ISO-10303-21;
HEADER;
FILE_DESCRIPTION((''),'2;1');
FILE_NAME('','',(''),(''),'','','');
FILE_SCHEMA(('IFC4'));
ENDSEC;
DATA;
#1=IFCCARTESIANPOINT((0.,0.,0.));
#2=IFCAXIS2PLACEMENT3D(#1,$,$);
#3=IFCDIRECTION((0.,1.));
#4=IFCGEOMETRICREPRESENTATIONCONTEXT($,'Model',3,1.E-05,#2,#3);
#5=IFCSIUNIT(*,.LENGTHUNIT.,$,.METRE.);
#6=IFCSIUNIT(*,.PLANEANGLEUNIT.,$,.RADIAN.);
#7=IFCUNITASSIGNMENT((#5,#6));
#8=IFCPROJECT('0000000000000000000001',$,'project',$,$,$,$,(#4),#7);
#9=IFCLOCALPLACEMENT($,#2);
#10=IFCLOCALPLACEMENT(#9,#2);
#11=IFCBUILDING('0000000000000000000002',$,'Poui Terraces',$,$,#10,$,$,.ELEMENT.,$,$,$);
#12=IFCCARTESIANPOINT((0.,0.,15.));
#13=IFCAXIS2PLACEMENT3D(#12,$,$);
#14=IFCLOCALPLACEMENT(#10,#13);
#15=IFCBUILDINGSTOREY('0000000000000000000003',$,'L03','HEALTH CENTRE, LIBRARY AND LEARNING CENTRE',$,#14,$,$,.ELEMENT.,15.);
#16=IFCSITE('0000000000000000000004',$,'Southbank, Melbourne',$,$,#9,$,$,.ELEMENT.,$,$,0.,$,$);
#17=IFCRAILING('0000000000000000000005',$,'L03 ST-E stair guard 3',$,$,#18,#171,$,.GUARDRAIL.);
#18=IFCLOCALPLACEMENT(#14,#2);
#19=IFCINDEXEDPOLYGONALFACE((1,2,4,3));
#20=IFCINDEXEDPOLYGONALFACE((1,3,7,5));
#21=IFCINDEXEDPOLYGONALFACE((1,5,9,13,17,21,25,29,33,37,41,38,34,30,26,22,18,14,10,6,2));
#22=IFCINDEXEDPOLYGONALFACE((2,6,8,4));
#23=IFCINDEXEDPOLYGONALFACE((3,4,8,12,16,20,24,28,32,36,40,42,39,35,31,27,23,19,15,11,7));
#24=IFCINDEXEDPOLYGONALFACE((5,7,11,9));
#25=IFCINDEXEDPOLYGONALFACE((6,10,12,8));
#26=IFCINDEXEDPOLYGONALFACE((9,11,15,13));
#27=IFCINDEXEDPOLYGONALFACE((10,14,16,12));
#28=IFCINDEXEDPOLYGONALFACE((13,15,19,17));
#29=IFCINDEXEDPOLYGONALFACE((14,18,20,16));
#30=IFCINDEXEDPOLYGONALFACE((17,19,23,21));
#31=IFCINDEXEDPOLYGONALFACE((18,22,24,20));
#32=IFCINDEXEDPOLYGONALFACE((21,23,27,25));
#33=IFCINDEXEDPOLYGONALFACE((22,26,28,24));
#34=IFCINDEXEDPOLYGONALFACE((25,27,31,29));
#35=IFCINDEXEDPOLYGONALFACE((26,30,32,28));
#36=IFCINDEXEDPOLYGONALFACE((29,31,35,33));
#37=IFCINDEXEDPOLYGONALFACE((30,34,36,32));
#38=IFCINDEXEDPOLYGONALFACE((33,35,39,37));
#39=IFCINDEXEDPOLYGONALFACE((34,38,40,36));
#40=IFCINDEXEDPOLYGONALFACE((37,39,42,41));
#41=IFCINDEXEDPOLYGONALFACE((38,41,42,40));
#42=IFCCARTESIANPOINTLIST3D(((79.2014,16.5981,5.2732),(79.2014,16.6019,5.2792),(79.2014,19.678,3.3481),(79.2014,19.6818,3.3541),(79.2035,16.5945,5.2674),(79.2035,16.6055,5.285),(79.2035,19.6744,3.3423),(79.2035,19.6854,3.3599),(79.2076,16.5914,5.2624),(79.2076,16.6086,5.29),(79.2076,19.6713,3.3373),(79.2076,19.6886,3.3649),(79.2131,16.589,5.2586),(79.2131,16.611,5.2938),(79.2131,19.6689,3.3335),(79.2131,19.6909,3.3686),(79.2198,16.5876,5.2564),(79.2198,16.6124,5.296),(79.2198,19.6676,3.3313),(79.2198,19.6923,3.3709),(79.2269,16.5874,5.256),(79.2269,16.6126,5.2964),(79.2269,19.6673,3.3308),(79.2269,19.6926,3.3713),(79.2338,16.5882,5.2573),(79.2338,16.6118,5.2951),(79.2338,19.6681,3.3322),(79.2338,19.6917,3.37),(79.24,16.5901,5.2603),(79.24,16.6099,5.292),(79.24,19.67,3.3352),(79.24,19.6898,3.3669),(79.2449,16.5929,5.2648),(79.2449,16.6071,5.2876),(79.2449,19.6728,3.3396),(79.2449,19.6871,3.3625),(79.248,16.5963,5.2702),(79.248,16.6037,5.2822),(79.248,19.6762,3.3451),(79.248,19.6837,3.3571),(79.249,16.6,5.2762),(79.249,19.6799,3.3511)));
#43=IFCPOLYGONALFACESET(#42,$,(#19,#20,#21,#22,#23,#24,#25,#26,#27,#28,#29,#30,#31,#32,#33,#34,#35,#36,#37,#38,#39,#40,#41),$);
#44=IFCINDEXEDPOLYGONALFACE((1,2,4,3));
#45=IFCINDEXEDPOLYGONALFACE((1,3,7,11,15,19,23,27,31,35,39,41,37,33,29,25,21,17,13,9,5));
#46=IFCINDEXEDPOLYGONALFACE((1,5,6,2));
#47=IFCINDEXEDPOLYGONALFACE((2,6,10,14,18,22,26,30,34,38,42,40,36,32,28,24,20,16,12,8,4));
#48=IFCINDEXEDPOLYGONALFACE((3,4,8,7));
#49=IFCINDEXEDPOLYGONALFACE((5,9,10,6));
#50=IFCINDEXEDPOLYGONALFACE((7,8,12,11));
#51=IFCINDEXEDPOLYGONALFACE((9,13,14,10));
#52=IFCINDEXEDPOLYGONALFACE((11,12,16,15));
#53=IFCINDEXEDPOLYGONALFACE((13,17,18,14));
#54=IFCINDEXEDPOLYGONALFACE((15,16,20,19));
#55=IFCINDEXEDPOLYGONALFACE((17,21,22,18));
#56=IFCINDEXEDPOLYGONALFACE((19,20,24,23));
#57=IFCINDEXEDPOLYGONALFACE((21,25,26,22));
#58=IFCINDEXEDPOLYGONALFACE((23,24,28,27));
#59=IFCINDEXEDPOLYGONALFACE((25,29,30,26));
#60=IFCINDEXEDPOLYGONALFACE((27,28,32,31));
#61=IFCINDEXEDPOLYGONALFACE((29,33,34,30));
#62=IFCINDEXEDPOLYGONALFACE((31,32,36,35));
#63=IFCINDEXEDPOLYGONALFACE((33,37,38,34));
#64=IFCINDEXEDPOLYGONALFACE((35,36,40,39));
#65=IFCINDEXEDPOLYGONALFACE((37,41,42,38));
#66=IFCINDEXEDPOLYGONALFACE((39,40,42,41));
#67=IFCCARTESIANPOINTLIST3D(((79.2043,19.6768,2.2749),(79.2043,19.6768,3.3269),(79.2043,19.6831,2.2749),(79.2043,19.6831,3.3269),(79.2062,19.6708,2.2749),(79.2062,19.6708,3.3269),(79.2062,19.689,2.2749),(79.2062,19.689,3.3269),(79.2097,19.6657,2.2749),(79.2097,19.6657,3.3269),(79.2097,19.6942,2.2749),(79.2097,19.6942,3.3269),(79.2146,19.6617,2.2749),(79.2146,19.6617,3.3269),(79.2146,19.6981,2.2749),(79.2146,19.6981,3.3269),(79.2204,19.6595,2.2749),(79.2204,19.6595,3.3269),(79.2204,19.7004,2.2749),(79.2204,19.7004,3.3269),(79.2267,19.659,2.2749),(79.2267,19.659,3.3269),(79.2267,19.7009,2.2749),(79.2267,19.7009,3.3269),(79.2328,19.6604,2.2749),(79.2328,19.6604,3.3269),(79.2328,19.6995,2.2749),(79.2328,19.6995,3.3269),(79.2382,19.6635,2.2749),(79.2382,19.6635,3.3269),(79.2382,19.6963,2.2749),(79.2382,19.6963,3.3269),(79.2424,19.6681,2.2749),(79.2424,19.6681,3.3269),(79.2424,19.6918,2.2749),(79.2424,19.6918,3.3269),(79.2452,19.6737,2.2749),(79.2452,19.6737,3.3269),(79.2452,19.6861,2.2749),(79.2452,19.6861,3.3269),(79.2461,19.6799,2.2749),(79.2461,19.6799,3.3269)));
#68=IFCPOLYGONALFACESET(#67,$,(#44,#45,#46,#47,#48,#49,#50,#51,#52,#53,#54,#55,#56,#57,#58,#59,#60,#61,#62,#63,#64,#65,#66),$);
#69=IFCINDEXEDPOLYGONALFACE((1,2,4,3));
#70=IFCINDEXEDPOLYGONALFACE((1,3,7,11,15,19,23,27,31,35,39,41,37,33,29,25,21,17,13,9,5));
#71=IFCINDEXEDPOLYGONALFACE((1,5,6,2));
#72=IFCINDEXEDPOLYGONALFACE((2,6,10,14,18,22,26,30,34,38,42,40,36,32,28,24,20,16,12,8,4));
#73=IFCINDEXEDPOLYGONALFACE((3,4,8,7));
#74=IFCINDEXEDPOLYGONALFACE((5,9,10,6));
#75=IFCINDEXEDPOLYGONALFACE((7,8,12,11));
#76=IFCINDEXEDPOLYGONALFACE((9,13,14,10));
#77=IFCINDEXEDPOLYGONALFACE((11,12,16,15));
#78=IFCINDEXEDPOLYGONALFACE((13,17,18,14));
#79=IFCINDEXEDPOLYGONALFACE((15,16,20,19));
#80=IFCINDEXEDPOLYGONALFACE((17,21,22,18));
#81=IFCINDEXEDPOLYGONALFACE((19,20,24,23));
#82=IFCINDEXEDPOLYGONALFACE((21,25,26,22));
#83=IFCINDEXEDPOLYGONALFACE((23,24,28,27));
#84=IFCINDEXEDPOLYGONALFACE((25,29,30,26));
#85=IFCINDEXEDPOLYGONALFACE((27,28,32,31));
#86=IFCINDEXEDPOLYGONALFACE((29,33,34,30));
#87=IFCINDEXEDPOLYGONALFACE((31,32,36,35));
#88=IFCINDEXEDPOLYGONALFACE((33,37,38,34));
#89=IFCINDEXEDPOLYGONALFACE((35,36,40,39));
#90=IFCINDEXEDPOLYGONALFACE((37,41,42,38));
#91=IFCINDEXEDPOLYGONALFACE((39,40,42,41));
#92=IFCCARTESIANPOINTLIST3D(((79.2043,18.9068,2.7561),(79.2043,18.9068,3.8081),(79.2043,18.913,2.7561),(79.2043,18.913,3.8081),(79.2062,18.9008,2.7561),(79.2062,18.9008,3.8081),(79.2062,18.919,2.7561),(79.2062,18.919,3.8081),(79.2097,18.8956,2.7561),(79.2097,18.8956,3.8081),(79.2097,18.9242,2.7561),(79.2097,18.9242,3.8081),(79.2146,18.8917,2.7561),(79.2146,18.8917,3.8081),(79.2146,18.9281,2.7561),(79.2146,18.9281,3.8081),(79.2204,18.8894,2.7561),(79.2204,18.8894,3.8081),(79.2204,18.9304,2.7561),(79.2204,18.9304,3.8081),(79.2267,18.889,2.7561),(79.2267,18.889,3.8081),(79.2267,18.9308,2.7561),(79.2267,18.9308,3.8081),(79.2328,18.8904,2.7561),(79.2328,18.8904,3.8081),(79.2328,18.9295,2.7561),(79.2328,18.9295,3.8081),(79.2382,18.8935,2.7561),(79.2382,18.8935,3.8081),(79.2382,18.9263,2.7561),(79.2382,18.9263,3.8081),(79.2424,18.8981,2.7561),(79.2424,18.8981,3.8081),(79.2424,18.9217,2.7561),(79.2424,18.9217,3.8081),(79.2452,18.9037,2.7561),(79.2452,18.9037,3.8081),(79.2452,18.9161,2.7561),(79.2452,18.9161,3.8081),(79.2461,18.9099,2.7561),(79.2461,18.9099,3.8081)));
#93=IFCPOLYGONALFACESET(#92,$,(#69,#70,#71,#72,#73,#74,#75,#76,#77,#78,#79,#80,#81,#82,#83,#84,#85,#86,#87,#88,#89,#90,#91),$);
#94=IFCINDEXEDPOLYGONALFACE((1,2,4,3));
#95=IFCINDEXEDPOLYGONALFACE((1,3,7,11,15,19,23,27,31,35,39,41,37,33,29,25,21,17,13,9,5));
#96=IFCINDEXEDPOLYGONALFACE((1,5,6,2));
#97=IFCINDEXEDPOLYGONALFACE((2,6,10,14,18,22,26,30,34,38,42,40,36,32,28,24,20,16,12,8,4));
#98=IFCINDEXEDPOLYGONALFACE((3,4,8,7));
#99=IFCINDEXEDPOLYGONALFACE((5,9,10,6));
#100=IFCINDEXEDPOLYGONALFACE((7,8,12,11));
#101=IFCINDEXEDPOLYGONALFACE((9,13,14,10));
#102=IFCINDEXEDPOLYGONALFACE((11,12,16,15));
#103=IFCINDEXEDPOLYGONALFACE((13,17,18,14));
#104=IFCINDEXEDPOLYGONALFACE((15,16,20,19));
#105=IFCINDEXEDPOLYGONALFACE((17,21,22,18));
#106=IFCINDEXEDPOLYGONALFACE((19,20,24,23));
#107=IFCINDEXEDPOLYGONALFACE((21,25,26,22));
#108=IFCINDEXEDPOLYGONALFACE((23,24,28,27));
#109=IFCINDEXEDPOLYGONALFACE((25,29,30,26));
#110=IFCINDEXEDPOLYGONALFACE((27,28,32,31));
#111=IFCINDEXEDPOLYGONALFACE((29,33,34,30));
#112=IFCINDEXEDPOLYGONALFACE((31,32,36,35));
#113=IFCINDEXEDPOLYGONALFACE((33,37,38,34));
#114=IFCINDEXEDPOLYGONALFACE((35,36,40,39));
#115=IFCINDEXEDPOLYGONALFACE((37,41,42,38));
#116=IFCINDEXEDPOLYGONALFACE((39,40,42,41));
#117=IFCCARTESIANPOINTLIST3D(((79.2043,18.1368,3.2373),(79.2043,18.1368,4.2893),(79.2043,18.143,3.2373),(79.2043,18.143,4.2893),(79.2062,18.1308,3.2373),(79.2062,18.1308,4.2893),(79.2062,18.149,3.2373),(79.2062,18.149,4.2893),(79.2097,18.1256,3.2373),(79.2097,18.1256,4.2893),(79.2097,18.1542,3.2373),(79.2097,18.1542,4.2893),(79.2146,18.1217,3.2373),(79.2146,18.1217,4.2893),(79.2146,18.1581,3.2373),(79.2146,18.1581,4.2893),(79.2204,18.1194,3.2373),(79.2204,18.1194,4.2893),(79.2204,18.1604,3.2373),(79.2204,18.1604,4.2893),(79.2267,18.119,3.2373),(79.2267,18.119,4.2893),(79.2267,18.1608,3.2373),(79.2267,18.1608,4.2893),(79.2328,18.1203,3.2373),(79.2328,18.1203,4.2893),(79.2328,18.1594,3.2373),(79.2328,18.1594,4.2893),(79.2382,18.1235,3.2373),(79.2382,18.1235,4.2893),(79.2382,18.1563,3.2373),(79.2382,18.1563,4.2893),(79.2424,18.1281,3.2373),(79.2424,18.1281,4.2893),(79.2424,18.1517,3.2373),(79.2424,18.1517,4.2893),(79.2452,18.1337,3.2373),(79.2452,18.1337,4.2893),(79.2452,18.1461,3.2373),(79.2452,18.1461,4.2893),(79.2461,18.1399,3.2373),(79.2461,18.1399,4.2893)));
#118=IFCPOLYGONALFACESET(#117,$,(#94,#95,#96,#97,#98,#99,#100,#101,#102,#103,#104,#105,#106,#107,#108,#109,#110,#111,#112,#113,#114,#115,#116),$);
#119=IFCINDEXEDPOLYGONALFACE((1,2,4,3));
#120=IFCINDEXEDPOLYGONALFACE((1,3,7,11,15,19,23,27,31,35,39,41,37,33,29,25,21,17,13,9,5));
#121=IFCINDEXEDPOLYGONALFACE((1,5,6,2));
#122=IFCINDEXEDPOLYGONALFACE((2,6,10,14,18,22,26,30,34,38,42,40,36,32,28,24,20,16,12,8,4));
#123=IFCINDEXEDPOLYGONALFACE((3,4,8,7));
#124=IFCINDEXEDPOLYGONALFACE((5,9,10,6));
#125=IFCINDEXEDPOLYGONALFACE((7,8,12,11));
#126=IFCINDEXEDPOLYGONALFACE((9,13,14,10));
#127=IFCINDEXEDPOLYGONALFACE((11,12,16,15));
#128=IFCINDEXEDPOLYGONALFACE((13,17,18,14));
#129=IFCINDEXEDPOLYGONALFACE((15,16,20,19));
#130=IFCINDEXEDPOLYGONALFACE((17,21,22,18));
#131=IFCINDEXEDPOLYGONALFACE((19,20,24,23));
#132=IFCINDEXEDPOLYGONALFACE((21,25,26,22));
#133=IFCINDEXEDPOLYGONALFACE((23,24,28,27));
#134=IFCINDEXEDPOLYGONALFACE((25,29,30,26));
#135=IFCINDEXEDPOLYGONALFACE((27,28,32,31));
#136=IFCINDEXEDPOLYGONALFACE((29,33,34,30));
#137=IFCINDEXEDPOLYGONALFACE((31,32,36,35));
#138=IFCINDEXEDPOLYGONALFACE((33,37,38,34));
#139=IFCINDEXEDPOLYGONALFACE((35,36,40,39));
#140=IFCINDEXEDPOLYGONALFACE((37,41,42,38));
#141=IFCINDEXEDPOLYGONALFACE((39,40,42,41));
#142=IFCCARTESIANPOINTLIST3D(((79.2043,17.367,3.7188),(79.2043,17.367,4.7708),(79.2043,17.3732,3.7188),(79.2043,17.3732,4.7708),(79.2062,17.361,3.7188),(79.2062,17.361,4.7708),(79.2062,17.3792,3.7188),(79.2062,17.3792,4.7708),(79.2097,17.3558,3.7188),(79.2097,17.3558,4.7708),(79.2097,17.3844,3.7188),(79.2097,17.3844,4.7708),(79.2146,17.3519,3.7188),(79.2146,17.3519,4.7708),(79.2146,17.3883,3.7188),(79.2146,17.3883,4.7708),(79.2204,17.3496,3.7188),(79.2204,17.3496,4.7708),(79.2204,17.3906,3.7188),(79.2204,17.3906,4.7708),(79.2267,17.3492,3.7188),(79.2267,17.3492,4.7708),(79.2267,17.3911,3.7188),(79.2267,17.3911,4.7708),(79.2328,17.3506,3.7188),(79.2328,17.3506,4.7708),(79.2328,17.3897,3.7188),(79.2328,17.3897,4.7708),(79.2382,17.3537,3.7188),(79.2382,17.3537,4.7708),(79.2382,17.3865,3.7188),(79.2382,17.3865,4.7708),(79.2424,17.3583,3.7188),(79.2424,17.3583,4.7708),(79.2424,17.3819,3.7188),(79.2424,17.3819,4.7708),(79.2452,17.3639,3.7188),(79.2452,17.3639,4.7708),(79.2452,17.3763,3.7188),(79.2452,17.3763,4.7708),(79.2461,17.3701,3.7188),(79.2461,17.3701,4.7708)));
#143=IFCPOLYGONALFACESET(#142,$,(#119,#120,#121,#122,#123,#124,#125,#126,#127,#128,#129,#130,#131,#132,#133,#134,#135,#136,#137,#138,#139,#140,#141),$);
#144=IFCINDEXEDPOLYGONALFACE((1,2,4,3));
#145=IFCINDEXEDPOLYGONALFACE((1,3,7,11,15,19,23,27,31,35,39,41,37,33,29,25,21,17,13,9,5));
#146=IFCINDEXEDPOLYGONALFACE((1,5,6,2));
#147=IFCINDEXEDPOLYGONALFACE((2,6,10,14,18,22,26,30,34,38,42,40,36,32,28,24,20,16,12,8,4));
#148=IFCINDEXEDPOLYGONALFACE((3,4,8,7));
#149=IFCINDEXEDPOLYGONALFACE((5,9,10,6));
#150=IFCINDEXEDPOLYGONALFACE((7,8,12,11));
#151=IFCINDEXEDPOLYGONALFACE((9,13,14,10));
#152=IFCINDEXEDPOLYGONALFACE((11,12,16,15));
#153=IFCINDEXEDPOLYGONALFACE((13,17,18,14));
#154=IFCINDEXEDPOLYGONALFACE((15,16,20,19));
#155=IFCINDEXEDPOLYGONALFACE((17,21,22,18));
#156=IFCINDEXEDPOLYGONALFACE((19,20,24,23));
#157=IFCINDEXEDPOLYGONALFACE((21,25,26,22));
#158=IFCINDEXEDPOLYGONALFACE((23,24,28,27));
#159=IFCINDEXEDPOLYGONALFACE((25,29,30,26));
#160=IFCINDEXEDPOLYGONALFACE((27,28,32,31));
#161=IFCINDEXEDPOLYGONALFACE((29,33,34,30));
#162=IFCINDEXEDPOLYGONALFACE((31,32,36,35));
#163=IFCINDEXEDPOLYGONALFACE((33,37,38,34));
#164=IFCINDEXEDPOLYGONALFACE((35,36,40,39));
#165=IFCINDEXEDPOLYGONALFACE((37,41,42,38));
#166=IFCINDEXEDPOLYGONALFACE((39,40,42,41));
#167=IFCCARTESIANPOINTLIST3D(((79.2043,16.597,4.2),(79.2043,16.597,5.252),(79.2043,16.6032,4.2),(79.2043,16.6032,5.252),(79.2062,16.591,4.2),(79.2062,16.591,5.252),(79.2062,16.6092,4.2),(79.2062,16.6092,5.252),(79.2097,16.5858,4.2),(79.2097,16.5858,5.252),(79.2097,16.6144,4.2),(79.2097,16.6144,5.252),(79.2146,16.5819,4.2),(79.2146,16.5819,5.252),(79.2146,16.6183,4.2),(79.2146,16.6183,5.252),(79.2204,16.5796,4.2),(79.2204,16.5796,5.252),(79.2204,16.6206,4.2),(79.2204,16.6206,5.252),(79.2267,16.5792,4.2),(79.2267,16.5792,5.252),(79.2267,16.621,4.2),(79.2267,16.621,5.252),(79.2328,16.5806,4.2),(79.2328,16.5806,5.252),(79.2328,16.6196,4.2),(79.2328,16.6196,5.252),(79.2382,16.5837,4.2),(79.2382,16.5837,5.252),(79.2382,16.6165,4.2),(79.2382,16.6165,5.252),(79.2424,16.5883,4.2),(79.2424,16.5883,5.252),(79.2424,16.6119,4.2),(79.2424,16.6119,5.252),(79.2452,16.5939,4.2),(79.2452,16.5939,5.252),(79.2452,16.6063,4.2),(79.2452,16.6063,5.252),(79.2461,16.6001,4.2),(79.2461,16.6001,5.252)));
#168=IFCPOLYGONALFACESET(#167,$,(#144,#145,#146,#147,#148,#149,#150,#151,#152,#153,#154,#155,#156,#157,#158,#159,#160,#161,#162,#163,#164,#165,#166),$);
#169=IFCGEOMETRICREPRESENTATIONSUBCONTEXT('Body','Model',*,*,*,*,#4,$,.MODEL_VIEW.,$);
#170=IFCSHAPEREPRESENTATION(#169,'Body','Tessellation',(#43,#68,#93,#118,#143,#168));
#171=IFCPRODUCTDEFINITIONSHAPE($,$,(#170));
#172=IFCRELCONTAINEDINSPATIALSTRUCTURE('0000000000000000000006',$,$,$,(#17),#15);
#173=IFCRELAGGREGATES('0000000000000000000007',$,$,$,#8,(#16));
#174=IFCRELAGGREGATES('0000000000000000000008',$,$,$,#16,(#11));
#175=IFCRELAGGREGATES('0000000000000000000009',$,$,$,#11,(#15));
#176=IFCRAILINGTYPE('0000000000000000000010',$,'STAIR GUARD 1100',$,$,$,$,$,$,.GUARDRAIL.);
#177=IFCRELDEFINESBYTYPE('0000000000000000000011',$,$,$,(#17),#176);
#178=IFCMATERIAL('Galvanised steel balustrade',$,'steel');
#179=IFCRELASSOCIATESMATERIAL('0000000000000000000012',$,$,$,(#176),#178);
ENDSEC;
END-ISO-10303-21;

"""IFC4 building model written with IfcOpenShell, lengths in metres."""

from ifc_helpers import new_model, si_unit, direction, frame, origin, origin_2d, place, context, subcontext, project, spatial, circle, extrude, material, type_object, element, save


model = new_model("IFC4")

# Units and contexts
model_context = context("Model", 3, precision=1e-05, world=origin(), true_north=direction((0.0, 1.0)))
body_context = subcontext(model_context, "Body", "Model", "MODEL_VIEW")
ifc_project = project(units=[si_unit("LENGTHUNIT", "METRE"), si_unit("PLANEANGLEUNIT", "RADIAN")], contexts=[model_context])

# Site, building, storey
site_placement = place(None, origin())
site = spatial("IfcSite", under=ifc_project, at=site_placement, Name="Southbank, Melbourne", CompositionType="ELEMENT", RefElevation=0.0)
building_placement = place(site_placement, origin())
building = spatial("IfcBuilding", under=site, at=building_placement, Name="Poui Terraces", CompositionType="ELEMENT")
storey_placement = place(building_placement, frame((0.0, 0.0, 15.0)))
storey = spatial("IfcBuildingStorey", under=building, at=storey_placement, Name="L03", Description="HEALTH CENTRE, LIBRARY AND LEARNING CENTRE", CompositionType="ELEMENT", Elevation=15.0)

# Railing
ifc_material_1 = material(Name="Galvanised steel balustrade", Category="steel")
railing_type_1 = type_object("IfcRailingType", Name="STAIR GUARD 1100", PredefinedType="GUARDRAIL", material=ifc_material_1)
railing_1_placement = place(storey_placement, frame((79.2251, 19.6799, 2.2749)))
element("IfcRailing", 1, at=railing_1_placement, inside=storey, type_object=railing_type_1, Name="L03 ST-E stair guard 3", PredefinedType="GUARDRAIL", context=body_context, shape_type="SweptSolid", body=[
    extrude(circle(Radius=0.0239, at=origin_2d()), frame((0.0, 0.0, 1.0762), z_axis=(0.0, -0.847979, 0.530029), x_axis=(1.0, 0.0, 0.0)), (0.0, 0.0, 1.0), 3.6321),
    extrude(circle(Radius=0.021, at=origin_2d()), origin(), (0.0, 0.0, 1.0), 1.052),
    extrude(circle(Radius=0.021, at=origin_2d()), frame((0.0, -0.77, 0.4812)), (0.0, 0.0, 1.0), 1.052),
    extrude(circle(Radius=0.021, at=origin_2d()), frame((0.0, -1.54, 0.9624)), (0.0, 0.0, 1.0), 1.052),
    extrude(circle(Radius=0.021, at=origin_2d()), frame((0.0, -2.3098, 1.4438)), (0.0, 0.0, 1.0), 1.052),
    extrude(circle(Radius=0.021, at=origin_2d()), frame((0.0, -3.0798, 1.925)), (0.0, 0.0, 1.0), 1.052),
])

save(model, "model.ifc")
